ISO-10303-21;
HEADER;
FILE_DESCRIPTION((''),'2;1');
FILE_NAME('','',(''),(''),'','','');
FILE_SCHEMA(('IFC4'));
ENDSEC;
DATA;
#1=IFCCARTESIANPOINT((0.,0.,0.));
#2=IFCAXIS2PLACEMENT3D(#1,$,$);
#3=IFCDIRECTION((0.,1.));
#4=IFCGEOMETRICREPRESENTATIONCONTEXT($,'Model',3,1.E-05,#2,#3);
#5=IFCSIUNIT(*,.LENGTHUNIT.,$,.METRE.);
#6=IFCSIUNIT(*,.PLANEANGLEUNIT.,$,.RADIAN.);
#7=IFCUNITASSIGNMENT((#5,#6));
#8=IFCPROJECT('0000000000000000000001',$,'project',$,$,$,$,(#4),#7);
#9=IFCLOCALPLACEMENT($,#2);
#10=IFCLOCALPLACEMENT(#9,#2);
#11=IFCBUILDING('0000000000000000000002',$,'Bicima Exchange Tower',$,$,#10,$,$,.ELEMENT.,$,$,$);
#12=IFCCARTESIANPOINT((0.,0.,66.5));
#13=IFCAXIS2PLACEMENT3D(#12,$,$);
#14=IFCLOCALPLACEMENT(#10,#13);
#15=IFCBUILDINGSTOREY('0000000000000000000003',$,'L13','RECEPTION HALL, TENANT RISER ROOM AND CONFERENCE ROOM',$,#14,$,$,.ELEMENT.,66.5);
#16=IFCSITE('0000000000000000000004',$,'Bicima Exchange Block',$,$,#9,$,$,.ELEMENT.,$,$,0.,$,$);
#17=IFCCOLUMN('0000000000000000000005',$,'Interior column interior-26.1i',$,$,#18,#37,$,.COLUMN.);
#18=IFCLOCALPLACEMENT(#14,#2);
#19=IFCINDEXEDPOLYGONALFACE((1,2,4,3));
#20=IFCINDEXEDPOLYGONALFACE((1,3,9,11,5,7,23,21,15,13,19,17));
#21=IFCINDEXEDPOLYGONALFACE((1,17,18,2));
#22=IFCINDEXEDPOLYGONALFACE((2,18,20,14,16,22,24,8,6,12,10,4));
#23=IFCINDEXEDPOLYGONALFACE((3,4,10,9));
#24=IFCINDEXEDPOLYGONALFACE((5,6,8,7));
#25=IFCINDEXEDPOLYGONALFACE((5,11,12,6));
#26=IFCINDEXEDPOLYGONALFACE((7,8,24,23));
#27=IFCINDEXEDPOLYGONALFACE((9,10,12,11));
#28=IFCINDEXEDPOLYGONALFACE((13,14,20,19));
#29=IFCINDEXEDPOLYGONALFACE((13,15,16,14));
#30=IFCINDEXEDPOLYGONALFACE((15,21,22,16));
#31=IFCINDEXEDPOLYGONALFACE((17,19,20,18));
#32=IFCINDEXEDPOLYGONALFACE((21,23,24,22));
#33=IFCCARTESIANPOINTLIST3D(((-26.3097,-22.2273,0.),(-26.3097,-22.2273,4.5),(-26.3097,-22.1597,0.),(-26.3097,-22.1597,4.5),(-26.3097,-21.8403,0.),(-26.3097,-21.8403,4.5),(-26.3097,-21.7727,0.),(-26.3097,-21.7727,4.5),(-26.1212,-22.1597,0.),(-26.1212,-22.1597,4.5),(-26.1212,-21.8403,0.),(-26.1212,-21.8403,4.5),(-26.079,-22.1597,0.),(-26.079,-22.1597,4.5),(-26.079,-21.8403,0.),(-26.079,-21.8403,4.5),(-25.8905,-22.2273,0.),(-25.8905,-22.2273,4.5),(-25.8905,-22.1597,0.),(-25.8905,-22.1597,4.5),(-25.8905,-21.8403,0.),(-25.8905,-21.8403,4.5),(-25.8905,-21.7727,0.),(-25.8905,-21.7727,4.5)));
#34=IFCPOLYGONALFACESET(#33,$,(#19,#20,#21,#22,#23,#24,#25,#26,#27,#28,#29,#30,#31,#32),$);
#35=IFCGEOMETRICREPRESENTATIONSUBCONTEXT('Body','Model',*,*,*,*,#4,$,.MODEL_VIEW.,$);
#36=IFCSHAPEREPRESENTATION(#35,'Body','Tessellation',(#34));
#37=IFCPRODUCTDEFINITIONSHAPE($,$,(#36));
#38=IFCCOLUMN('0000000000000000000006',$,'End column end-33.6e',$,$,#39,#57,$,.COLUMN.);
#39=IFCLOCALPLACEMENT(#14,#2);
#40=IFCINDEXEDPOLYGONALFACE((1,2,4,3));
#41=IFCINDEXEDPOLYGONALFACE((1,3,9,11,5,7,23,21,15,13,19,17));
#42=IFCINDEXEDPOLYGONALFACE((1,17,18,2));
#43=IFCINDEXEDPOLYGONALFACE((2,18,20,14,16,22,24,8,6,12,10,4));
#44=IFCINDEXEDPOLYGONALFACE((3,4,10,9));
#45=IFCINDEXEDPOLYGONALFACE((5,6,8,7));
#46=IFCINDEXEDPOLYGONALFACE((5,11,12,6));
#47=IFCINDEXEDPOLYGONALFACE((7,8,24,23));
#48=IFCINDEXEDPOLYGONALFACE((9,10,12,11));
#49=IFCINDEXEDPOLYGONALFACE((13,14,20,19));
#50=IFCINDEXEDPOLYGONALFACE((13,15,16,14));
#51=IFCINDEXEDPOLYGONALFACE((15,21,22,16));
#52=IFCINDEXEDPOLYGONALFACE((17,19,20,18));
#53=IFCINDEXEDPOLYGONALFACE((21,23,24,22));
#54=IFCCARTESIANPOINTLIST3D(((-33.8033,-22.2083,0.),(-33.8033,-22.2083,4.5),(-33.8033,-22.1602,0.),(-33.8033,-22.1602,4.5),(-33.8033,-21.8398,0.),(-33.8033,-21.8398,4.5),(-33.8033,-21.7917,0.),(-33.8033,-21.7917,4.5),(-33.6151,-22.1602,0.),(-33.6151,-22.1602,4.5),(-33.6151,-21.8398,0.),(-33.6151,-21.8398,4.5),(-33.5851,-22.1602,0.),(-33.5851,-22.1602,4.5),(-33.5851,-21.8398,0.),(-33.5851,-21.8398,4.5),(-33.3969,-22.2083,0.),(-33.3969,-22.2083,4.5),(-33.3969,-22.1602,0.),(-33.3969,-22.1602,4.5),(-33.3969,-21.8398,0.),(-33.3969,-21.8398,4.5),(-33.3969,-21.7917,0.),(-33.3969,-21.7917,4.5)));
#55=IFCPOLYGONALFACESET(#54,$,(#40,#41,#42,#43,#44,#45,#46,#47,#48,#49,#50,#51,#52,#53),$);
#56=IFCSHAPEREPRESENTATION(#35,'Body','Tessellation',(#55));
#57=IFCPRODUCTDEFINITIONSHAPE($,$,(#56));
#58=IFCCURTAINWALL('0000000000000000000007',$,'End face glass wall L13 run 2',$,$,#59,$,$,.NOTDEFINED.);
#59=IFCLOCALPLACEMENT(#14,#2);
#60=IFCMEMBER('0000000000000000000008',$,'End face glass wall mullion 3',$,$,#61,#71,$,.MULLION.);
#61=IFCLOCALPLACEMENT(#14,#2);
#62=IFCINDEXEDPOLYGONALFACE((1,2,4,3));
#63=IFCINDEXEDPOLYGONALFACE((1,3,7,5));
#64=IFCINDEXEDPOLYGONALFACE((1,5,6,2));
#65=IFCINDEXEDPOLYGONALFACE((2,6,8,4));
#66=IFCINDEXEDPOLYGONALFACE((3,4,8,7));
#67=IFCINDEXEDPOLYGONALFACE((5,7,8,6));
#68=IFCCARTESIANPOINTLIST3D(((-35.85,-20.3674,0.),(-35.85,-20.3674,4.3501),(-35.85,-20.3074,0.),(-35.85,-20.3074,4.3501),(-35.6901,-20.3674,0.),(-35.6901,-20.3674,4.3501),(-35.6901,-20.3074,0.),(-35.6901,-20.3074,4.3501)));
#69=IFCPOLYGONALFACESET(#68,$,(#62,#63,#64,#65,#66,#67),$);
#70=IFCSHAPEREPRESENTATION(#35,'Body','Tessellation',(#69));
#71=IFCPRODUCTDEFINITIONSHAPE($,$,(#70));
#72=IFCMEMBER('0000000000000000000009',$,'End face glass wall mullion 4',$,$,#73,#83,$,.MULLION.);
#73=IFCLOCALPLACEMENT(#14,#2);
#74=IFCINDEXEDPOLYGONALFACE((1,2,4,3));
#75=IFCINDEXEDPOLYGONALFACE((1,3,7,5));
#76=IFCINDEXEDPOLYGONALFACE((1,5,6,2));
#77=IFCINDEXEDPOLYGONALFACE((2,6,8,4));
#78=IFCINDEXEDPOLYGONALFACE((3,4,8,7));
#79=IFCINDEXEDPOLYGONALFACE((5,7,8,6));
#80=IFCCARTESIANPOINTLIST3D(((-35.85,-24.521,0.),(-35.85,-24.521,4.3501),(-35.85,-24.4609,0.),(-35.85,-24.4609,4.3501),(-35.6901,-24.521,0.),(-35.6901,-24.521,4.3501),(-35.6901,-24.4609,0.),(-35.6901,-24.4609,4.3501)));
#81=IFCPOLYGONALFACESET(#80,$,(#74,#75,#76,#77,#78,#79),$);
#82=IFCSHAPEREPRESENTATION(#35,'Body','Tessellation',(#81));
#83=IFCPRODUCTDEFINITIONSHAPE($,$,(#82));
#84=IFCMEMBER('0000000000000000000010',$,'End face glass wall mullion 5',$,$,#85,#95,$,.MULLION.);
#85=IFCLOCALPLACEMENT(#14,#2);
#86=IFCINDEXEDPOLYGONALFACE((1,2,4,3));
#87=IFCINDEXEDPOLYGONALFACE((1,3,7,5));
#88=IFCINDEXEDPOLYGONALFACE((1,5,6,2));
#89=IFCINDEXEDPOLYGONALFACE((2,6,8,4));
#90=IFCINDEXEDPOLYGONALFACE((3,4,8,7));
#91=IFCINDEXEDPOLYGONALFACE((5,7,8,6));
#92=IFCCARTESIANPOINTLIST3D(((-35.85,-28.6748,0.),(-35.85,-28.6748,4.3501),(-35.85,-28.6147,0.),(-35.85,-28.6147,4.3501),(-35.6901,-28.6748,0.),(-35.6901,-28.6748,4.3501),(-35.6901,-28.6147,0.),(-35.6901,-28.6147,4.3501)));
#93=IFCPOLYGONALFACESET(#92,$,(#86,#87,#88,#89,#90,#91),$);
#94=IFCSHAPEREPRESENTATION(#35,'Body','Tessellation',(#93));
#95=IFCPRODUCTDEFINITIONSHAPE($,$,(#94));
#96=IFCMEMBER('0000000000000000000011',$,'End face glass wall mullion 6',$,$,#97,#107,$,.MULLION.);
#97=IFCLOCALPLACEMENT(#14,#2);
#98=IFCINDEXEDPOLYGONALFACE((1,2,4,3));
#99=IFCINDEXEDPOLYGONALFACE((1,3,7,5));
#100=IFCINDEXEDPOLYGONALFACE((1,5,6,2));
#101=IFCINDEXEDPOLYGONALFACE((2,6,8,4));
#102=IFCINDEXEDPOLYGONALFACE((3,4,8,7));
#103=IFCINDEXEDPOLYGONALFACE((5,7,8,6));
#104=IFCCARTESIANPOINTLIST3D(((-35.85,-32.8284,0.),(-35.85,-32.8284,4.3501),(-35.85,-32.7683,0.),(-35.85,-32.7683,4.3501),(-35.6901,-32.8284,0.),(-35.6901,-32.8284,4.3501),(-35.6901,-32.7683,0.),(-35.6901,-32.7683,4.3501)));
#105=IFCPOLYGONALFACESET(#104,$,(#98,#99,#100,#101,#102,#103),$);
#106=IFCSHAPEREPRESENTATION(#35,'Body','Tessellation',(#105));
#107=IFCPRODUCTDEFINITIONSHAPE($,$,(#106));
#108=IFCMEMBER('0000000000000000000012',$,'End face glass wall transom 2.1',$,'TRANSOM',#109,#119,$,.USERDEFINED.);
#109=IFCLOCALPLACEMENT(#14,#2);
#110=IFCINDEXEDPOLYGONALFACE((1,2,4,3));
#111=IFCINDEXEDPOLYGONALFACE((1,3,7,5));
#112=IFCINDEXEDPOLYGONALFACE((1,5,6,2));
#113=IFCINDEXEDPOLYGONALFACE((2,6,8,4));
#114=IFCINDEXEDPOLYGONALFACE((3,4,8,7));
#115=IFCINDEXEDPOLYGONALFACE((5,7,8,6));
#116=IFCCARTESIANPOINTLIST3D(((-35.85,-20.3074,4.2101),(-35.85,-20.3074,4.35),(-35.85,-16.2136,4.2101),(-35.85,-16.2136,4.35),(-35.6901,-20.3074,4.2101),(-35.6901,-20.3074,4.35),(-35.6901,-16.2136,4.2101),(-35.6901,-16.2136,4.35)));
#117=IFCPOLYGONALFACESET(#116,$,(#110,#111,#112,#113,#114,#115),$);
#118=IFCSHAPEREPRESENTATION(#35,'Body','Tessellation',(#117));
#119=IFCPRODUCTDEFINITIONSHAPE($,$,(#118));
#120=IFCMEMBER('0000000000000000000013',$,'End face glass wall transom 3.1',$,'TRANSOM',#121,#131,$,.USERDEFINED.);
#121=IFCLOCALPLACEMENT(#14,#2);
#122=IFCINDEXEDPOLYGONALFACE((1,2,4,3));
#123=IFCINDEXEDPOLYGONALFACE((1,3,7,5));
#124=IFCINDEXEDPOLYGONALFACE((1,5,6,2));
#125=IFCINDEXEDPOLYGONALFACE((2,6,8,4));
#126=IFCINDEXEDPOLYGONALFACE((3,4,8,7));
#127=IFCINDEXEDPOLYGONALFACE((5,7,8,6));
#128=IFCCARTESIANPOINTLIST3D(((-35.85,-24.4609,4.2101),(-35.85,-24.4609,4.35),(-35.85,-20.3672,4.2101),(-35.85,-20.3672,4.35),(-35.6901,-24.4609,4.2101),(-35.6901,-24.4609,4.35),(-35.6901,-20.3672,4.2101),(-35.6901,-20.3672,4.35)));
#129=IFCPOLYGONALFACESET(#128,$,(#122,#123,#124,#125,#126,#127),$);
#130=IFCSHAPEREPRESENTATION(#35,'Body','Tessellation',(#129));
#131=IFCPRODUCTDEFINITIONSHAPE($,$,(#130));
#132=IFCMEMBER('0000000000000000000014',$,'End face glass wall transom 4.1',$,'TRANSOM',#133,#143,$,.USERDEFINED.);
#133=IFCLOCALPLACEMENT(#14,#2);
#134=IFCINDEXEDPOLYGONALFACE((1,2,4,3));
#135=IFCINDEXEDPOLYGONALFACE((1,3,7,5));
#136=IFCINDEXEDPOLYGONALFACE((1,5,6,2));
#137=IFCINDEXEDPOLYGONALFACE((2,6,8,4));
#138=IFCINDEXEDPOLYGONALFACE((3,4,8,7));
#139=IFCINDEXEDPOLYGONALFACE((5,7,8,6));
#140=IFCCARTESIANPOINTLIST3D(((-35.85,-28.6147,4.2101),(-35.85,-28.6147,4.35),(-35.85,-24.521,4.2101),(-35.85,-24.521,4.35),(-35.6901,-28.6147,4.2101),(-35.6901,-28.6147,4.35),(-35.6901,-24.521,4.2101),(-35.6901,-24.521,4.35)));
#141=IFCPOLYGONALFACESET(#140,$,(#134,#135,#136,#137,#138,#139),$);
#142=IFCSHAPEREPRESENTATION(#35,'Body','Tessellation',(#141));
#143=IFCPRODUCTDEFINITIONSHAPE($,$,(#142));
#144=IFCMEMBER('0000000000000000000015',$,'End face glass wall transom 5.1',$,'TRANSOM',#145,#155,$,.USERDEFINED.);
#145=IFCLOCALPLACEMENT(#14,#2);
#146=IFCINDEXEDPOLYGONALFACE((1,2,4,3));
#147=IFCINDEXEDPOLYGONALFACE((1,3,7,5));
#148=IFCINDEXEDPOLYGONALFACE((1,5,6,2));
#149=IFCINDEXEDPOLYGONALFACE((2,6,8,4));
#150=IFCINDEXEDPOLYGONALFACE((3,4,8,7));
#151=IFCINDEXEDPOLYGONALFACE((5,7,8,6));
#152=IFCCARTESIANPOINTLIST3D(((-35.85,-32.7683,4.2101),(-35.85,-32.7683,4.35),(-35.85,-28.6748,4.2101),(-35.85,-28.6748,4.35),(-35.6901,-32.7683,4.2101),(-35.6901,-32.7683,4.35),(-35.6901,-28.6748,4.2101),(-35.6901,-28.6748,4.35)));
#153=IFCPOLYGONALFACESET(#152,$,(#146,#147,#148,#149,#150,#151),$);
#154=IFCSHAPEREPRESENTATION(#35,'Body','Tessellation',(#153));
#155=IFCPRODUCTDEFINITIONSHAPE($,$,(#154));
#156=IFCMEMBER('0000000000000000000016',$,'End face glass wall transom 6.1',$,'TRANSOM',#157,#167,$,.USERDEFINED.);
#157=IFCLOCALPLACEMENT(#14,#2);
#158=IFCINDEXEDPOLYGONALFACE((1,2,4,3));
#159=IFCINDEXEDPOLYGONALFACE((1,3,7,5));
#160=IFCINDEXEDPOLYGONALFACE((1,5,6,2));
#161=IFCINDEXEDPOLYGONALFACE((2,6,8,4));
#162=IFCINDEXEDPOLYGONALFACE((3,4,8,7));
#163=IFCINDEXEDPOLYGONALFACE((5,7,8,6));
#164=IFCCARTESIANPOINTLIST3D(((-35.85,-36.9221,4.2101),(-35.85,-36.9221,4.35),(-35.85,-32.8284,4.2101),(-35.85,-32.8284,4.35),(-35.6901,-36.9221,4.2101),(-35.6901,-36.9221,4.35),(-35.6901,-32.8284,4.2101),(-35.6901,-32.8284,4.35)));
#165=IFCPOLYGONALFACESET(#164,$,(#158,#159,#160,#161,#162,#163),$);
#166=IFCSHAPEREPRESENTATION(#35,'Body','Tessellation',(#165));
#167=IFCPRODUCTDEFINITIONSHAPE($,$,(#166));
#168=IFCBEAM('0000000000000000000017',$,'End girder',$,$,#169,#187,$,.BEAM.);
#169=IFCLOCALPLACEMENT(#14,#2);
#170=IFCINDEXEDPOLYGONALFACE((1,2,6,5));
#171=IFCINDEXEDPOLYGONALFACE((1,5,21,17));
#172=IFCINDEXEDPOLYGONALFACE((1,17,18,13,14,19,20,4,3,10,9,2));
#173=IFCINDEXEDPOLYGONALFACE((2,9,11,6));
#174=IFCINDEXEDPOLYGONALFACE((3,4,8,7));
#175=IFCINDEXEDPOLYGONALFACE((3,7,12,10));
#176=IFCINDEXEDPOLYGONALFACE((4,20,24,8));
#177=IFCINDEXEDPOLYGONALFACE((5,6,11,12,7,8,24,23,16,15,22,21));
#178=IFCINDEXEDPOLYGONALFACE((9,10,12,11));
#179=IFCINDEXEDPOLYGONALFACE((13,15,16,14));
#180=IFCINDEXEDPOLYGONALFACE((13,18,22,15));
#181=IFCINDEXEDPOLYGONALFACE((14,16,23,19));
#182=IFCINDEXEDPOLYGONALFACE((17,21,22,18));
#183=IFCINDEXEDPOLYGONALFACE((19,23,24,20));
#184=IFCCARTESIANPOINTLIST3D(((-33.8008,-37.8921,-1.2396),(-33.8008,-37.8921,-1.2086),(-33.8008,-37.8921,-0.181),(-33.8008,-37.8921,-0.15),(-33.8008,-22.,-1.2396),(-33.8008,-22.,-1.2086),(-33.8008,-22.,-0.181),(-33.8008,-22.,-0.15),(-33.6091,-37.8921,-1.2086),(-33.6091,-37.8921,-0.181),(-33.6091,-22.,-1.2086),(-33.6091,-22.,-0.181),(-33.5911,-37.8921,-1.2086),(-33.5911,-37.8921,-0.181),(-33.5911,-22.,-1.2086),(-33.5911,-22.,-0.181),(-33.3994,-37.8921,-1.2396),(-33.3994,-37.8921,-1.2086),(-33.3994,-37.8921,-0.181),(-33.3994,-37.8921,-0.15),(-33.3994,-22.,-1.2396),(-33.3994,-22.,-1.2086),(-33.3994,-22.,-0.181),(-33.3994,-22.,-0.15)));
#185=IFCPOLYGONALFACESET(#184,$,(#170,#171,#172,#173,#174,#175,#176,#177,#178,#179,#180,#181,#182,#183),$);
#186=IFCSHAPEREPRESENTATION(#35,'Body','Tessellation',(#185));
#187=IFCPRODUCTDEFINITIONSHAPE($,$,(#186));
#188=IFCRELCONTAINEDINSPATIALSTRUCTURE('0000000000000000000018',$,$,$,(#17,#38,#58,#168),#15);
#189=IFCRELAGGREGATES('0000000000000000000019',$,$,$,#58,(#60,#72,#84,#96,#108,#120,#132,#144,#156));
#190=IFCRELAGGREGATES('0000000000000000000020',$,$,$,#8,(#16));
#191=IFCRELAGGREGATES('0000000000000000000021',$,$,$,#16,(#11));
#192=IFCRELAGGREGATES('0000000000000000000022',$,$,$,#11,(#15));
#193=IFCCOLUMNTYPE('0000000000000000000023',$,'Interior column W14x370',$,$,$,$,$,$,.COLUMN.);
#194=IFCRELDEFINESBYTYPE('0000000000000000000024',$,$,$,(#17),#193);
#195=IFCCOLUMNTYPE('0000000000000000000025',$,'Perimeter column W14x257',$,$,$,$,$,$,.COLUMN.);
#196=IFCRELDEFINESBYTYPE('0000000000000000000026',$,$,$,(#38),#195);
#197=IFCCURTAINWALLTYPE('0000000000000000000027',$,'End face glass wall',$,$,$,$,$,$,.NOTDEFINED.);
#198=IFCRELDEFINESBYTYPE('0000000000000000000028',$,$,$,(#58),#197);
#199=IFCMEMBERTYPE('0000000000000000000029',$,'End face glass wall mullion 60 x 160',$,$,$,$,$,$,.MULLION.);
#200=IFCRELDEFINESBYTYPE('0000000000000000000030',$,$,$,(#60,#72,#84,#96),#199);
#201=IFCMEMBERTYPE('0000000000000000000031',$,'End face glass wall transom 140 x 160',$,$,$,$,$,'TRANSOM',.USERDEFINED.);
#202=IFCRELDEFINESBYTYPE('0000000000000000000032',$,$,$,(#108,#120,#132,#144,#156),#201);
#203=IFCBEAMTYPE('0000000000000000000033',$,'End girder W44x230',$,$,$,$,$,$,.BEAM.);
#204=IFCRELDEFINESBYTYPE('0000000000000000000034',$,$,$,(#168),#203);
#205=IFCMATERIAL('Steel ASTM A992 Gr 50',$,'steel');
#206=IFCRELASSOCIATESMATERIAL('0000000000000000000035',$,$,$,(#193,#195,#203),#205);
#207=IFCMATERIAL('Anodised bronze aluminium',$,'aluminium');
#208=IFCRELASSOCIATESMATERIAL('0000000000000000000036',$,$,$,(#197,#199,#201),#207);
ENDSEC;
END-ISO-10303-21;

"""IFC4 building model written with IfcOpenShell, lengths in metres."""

from ifc_helpers import new_model, si_unit, direction, frame, origin, origin_2d, place, context, subcontext, project, spatial, rectangle, i_section, extrude, material, material_profile, profile_set, type_object, element, aggregate, save


model = new_model("IFC4")

# Units and contexts
model_context = context("Model", 3, precision=1e-05, world=origin(), true_north=direction((0.0, 1.0)))
body_context = subcontext(model_context, "Body", "Model", "MODEL_VIEW")
ifc_project = project(units=[si_unit("LENGTHUNIT", "METRE"), si_unit("PLANEANGLEUNIT", "RADIAN")], contexts=[model_context])

# Site, building, storey
site_placement = place(None, origin())
site = spatial("IfcSite", under=ifc_project, at=site_placement, Name="Bicima Exchange Block", CompositionType="ELEMENT", RefElevation=0.0)
building_placement = place(site_placement, origin())
building = spatial("IfcBuilding", under=site, at=building_placement, Name="Bicima Exchange Tower", CompositionType="ELEMENT")
storey_placement = place(building_placement, frame((0.0, 0.0, 66.5)))
storey = spatial("IfcBuildingStorey", under=building, at=storey_placement, Name="L13", Description="RECEPTION HALL, TENANT RISER ROOM AND CONFERENCE ROOM", CompositionType="ELEMENT", Elevation=66.5)

# Columns
ifc_material_1 = material(Name="Steel ASTM A992 Gr 50", Category="steel")
ifc_material_profile_1 = material_profile(ifc_material_1, i_section(OverallWidth=0.4192, OverallDepth=0.4546, WebThickness=0.0422, FlangeThickness=0.0676, at=origin_2d()))
ifc_profile_set_1 = profile_set([ifc_material_profile_1], Name="Steel ASTM A992 Gr 50")
column_type_1 = type_object("IfcColumnType", Name="Interior column W14x370", PredefinedType="COLUMN", material=ifc_profile_set_1)
column_1_placement = place(storey_placement, frame((-26.1001, -22.0, 0.0), z_axis=(0.0, 0.0, 1.0), x_axis=(1.0, 0.0, 0.0)))
element("IfcColumn", 1, at=column_1_placement, inside=storey, type_object=column_type_1, Name="Interior column interior-26.1i", PredefinedType="COLUMN", context=body_context, shape_type="SweptSolid", body=[
    extrude(i_section(OverallWidth=0.4192, OverallDepth=0.4546, WebThickness=0.0422, FlangeThickness=0.0676, at=origin_2d()), origin(), (0.0, 0.0, 1.0), 4.5),
])
ifc_material_profile_2 = material_profile(ifc_material_1, i_section(OverallWidth=0.4065, OverallDepth=0.4165, WebThickness=0.03, FlangeThickness=0.0481, at=origin_2d()))
ifc_profile_set_2 = profile_set([ifc_material_profile_2], Name="Steel ASTM A992 Gr 50")
column_type_2 = type_object("IfcColumnType", Name="Perimeter column W14x257", PredefinedType="COLUMN", material=ifc_profile_set_2)
column_2_placement = place(storey_placement, frame((-33.6001, -22.0, 0.0), z_axis=(0.0, 0.0, 1.0), x_axis=(1.0, 0.0, 0.0)))
element("IfcColumn", 2, at=column_2_placement, inside=storey, type_object=column_type_2, Name="End column end-33.6e", PredefinedType="COLUMN", context=body_context, shape_type="SweptSolid", body=[
    extrude(i_section(OverallWidth=0.4065, OverallDepth=0.4165, WebThickness=0.03, FlangeThickness=0.0481, at=origin_2d()), origin(), (0.0, 0.0, 1.0), 4.5),
])

# Curtain wall, members
ifc_material_2 = material(Name="Anodised bronze aluminium", Category="aluminium")
curtain_wall_type = type_object("IfcCurtainWallType", Name="End face glass wall", PredefinedType="NOTDEFINED", material=ifc_material_2)
curtain_wall_placement = place(storey_placement, origin())
curtain_wall = element("IfcCurtainWall", 3, at=curtain_wall_placement, inside=storey, type_object=curtain_wall_type, Name="End face glass wall L13 run 2", PredefinedType="NOTDEFINED")
ifc_material_profile_3 = material_profile(ifc_material_2, rectangle(XDim=0.1599, YDim=0.0601, at=origin_2d()))
ifc_profile_set_3 = profile_set([ifc_material_profile_3], Name="Anodised bronze aluminium")
member_type_1 = type_object("IfcMemberType", Name="End face glass wall mullion 60 x 160", PredefinedType="MULLION", material=ifc_profile_set_3)
member_1_placement = place(storey_placement, frame((-35.77, -20.3374, 0.0), z_axis=(0.0, 0.0, 1.0), x_axis=(1.0, 0.0, 0.0)))
member_1 = element("IfcMember", 4, at=member_1_placement, type_object=member_type_1, Name="End face glass wall mullion 3", PredefinedType="MULLION", context=body_context, shape_type="SweptSolid", body=[
    extrude(rectangle(XDim=0.1599, YDim=0.0601, at=origin_2d()), origin(), (0.0, 0.0, 1.0), 4.3501),
])
member_2_placement = place(storey_placement, frame((-35.77, -24.491, 0.0), z_axis=(0.0, 0.0, 1.0), x_axis=(1.0, 0.0, 0.0)))
member_2 = element("IfcMember", 5, at=member_2_placement, type_object=member_type_1, Name="End face glass wall mullion 4", PredefinedType="MULLION", context=body_context, shape_type="SweptSolid", body=[
    extrude(rectangle(XDim=0.1599, YDim=0.0601, at=origin_2d()), origin(), (0.0, 0.0, 1.0), 4.3501),
])
member_3_placement = place(storey_placement, frame((-35.77, -28.6448, 0.0), z_axis=(0.0, 0.0, 1.0), x_axis=(1.0, 0.0, 0.0)))
member_3 = element("IfcMember", 6, at=member_3_placement, type_object=member_type_1, Name="End face glass wall mullion 5", PredefinedType="MULLION", context=body_context, shape_type="SweptSolid", body=[
    extrude(rectangle(XDim=0.1599, YDim=0.0601, at=origin_2d()), origin(), (0.0, 0.0, 1.0), 4.3501),
])
member_4_placement = place(storey_placement, frame((-35.77, -32.7983, 0.0), z_axis=(0.0, 0.0, 1.0), x_axis=(1.0, 0.0, 0.0)))
member_4 = element("IfcMember", 7, at=member_4_placement, type_object=member_type_1, Name="End face glass wall mullion 6", PredefinedType="MULLION", context=body_context, shape_type="SweptSolid", body=[
    extrude(rectangle(XDim=0.1599, YDim=0.0601, at=origin_2d()), origin(), (0.0, 0.0, 1.0), 4.3501),
])
ifc_material_profile_4 = material_profile(ifc_material_2, rectangle(XDim=0.1599, YDim=0.1399, at=origin_2d()))
ifc_profile_set_4 = profile_set([ifc_material_profile_4], Name="Anodised bronze aluminium")
member_type_2 = type_object("IfcMemberType", Name="End face glass wall transom 140 x 160", ElementType="TRANSOM", PredefinedType="USERDEFINED", material=ifc_profile_set_4)
member_5_placement = place(storey_placement, frame((-35.77, -16.2136, 4.28), z_axis=(0.0, -1.0, 0.0), x_axis=(1.0, 0.0, 0.0)))
member_5 = element("IfcMember", 8, at=member_5_placement, type_object=member_type_2, Name="End face glass wall transom 2.1", ObjectType="TRANSOM", PredefinedType="USERDEFINED", context=body_context, shape_type="SweptSolid", body=[
    extrude(rectangle(XDim=0.1599, YDim=0.1399, at=origin_2d()), origin(), (0.0, 0.0, 1.0), 4.0938),
])
member_6_placement = place(storey_placement, frame((-35.77, -20.3672, 4.28), z_axis=(0.0, -1.0, 0.0), x_axis=(1.0, 0.0, 0.0)))
member_6 = element("IfcMember", 9, at=member_6_placement, type_object=member_type_2, Name="End face glass wall transom 3.1", ObjectType="TRANSOM", PredefinedType="USERDEFINED", context=body_context, shape_type="SweptSolid", body=[
    extrude(rectangle(XDim=0.1599, YDim=0.1399, at=origin_2d()), origin(), (0.0, 0.0, 1.0), 4.0938),
])
member_7_placement = place(storey_placement, frame((-35.77, -24.521, 4.28), z_axis=(0.0, -1.0, 0.0), x_axis=(1.0, 0.0, 0.0)))
member_7 = element("IfcMember", 10, at=member_7_placement, type_object=member_type_2, Name="End face glass wall transom 4.1", ObjectType="TRANSOM", PredefinedType="USERDEFINED", context=body_context, shape_type="SweptSolid", body=[
    extrude(rectangle(XDim=0.1599, YDim=0.1399, at=origin_2d()), origin(), (0.0, 0.0, 1.0), 4.0938),
])
member_8_placement = place(storey_placement, frame((-35.77, -28.6748, 4.28), z_axis=(0.0, -1.0, 0.0), x_axis=(1.0, 0.0, 0.0)))
member_8 = element("IfcMember", 11, at=member_8_placement, type_object=member_type_2, Name="End face glass wall transom 5.1", ObjectType="TRANSOM", PredefinedType="USERDEFINED", context=body_context, shape_type="SweptSolid", body=[
    extrude(rectangle(XDim=0.1599, YDim=0.1399, at=origin_2d()), origin(), (0.0, 0.0, 1.0), 4.0935),
])
member_9_placement = place(storey_placement, frame((-35.77, -32.8284, 4.28), z_axis=(0.0, -1.0, 0.0), x_axis=(1.0, 0.0, 0.0)))
member_9 = element("IfcMember", 12, at=member_9_placement, type_object=member_type_2, Name="End face glass wall transom 6.1", ObjectType="TRANSOM", PredefinedType="USERDEFINED", context=body_context, shape_type="SweptSolid", body=[
    extrude(rectangle(XDim=0.1599, YDim=0.1399, at=origin_2d()), origin(), (0.0, 0.0, 1.0), 4.0938),
])

# Beam
ifc_material_profile_5 = material_profile(ifc_material_1, i_section(OverallWidth=0.4014, OverallDepth=1.0896, WebThickness=0.0181, FlangeThickness=0.031, at=origin_2d()))
ifc_profile_set_5 = profile_set([ifc_material_profile_5], Name="Steel ASTM A992 Gr 50")
beam_type_1 = type_object("IfcBeamType", Name="End girder W44x230", PredefinedType="BEAM", material=ifc_profile_set_5)
beam_1_placement = place(storey_placement, frame((-33.6001, -22.0, -0.6948), z_axis=(0.0, -1.0, 0.0), x_axis=(1.0, 0.0, 0.0)))
element("IfcBeam", 13, at=beam_1_placement, inside=storey, type_object=beam_type_1, Name="End girder", PredefinedType="BEAM", context=body_context, shape_type="SweptSolid", body=[
    extrude(i_section(OverallWidth=0.4014, OverallDepth=1.0896, WebThickness=0.0181, FlangeThickness=0.031, at=origin_2d()), origin(), (0.0, 0.0, 1.0), 15.8921),
])

aggregate(curtain_wall, [member_1, member_2, member_3, member_4, member_5, member_6, member_7, member_8, member_9])

save(model, "model.ifc")
